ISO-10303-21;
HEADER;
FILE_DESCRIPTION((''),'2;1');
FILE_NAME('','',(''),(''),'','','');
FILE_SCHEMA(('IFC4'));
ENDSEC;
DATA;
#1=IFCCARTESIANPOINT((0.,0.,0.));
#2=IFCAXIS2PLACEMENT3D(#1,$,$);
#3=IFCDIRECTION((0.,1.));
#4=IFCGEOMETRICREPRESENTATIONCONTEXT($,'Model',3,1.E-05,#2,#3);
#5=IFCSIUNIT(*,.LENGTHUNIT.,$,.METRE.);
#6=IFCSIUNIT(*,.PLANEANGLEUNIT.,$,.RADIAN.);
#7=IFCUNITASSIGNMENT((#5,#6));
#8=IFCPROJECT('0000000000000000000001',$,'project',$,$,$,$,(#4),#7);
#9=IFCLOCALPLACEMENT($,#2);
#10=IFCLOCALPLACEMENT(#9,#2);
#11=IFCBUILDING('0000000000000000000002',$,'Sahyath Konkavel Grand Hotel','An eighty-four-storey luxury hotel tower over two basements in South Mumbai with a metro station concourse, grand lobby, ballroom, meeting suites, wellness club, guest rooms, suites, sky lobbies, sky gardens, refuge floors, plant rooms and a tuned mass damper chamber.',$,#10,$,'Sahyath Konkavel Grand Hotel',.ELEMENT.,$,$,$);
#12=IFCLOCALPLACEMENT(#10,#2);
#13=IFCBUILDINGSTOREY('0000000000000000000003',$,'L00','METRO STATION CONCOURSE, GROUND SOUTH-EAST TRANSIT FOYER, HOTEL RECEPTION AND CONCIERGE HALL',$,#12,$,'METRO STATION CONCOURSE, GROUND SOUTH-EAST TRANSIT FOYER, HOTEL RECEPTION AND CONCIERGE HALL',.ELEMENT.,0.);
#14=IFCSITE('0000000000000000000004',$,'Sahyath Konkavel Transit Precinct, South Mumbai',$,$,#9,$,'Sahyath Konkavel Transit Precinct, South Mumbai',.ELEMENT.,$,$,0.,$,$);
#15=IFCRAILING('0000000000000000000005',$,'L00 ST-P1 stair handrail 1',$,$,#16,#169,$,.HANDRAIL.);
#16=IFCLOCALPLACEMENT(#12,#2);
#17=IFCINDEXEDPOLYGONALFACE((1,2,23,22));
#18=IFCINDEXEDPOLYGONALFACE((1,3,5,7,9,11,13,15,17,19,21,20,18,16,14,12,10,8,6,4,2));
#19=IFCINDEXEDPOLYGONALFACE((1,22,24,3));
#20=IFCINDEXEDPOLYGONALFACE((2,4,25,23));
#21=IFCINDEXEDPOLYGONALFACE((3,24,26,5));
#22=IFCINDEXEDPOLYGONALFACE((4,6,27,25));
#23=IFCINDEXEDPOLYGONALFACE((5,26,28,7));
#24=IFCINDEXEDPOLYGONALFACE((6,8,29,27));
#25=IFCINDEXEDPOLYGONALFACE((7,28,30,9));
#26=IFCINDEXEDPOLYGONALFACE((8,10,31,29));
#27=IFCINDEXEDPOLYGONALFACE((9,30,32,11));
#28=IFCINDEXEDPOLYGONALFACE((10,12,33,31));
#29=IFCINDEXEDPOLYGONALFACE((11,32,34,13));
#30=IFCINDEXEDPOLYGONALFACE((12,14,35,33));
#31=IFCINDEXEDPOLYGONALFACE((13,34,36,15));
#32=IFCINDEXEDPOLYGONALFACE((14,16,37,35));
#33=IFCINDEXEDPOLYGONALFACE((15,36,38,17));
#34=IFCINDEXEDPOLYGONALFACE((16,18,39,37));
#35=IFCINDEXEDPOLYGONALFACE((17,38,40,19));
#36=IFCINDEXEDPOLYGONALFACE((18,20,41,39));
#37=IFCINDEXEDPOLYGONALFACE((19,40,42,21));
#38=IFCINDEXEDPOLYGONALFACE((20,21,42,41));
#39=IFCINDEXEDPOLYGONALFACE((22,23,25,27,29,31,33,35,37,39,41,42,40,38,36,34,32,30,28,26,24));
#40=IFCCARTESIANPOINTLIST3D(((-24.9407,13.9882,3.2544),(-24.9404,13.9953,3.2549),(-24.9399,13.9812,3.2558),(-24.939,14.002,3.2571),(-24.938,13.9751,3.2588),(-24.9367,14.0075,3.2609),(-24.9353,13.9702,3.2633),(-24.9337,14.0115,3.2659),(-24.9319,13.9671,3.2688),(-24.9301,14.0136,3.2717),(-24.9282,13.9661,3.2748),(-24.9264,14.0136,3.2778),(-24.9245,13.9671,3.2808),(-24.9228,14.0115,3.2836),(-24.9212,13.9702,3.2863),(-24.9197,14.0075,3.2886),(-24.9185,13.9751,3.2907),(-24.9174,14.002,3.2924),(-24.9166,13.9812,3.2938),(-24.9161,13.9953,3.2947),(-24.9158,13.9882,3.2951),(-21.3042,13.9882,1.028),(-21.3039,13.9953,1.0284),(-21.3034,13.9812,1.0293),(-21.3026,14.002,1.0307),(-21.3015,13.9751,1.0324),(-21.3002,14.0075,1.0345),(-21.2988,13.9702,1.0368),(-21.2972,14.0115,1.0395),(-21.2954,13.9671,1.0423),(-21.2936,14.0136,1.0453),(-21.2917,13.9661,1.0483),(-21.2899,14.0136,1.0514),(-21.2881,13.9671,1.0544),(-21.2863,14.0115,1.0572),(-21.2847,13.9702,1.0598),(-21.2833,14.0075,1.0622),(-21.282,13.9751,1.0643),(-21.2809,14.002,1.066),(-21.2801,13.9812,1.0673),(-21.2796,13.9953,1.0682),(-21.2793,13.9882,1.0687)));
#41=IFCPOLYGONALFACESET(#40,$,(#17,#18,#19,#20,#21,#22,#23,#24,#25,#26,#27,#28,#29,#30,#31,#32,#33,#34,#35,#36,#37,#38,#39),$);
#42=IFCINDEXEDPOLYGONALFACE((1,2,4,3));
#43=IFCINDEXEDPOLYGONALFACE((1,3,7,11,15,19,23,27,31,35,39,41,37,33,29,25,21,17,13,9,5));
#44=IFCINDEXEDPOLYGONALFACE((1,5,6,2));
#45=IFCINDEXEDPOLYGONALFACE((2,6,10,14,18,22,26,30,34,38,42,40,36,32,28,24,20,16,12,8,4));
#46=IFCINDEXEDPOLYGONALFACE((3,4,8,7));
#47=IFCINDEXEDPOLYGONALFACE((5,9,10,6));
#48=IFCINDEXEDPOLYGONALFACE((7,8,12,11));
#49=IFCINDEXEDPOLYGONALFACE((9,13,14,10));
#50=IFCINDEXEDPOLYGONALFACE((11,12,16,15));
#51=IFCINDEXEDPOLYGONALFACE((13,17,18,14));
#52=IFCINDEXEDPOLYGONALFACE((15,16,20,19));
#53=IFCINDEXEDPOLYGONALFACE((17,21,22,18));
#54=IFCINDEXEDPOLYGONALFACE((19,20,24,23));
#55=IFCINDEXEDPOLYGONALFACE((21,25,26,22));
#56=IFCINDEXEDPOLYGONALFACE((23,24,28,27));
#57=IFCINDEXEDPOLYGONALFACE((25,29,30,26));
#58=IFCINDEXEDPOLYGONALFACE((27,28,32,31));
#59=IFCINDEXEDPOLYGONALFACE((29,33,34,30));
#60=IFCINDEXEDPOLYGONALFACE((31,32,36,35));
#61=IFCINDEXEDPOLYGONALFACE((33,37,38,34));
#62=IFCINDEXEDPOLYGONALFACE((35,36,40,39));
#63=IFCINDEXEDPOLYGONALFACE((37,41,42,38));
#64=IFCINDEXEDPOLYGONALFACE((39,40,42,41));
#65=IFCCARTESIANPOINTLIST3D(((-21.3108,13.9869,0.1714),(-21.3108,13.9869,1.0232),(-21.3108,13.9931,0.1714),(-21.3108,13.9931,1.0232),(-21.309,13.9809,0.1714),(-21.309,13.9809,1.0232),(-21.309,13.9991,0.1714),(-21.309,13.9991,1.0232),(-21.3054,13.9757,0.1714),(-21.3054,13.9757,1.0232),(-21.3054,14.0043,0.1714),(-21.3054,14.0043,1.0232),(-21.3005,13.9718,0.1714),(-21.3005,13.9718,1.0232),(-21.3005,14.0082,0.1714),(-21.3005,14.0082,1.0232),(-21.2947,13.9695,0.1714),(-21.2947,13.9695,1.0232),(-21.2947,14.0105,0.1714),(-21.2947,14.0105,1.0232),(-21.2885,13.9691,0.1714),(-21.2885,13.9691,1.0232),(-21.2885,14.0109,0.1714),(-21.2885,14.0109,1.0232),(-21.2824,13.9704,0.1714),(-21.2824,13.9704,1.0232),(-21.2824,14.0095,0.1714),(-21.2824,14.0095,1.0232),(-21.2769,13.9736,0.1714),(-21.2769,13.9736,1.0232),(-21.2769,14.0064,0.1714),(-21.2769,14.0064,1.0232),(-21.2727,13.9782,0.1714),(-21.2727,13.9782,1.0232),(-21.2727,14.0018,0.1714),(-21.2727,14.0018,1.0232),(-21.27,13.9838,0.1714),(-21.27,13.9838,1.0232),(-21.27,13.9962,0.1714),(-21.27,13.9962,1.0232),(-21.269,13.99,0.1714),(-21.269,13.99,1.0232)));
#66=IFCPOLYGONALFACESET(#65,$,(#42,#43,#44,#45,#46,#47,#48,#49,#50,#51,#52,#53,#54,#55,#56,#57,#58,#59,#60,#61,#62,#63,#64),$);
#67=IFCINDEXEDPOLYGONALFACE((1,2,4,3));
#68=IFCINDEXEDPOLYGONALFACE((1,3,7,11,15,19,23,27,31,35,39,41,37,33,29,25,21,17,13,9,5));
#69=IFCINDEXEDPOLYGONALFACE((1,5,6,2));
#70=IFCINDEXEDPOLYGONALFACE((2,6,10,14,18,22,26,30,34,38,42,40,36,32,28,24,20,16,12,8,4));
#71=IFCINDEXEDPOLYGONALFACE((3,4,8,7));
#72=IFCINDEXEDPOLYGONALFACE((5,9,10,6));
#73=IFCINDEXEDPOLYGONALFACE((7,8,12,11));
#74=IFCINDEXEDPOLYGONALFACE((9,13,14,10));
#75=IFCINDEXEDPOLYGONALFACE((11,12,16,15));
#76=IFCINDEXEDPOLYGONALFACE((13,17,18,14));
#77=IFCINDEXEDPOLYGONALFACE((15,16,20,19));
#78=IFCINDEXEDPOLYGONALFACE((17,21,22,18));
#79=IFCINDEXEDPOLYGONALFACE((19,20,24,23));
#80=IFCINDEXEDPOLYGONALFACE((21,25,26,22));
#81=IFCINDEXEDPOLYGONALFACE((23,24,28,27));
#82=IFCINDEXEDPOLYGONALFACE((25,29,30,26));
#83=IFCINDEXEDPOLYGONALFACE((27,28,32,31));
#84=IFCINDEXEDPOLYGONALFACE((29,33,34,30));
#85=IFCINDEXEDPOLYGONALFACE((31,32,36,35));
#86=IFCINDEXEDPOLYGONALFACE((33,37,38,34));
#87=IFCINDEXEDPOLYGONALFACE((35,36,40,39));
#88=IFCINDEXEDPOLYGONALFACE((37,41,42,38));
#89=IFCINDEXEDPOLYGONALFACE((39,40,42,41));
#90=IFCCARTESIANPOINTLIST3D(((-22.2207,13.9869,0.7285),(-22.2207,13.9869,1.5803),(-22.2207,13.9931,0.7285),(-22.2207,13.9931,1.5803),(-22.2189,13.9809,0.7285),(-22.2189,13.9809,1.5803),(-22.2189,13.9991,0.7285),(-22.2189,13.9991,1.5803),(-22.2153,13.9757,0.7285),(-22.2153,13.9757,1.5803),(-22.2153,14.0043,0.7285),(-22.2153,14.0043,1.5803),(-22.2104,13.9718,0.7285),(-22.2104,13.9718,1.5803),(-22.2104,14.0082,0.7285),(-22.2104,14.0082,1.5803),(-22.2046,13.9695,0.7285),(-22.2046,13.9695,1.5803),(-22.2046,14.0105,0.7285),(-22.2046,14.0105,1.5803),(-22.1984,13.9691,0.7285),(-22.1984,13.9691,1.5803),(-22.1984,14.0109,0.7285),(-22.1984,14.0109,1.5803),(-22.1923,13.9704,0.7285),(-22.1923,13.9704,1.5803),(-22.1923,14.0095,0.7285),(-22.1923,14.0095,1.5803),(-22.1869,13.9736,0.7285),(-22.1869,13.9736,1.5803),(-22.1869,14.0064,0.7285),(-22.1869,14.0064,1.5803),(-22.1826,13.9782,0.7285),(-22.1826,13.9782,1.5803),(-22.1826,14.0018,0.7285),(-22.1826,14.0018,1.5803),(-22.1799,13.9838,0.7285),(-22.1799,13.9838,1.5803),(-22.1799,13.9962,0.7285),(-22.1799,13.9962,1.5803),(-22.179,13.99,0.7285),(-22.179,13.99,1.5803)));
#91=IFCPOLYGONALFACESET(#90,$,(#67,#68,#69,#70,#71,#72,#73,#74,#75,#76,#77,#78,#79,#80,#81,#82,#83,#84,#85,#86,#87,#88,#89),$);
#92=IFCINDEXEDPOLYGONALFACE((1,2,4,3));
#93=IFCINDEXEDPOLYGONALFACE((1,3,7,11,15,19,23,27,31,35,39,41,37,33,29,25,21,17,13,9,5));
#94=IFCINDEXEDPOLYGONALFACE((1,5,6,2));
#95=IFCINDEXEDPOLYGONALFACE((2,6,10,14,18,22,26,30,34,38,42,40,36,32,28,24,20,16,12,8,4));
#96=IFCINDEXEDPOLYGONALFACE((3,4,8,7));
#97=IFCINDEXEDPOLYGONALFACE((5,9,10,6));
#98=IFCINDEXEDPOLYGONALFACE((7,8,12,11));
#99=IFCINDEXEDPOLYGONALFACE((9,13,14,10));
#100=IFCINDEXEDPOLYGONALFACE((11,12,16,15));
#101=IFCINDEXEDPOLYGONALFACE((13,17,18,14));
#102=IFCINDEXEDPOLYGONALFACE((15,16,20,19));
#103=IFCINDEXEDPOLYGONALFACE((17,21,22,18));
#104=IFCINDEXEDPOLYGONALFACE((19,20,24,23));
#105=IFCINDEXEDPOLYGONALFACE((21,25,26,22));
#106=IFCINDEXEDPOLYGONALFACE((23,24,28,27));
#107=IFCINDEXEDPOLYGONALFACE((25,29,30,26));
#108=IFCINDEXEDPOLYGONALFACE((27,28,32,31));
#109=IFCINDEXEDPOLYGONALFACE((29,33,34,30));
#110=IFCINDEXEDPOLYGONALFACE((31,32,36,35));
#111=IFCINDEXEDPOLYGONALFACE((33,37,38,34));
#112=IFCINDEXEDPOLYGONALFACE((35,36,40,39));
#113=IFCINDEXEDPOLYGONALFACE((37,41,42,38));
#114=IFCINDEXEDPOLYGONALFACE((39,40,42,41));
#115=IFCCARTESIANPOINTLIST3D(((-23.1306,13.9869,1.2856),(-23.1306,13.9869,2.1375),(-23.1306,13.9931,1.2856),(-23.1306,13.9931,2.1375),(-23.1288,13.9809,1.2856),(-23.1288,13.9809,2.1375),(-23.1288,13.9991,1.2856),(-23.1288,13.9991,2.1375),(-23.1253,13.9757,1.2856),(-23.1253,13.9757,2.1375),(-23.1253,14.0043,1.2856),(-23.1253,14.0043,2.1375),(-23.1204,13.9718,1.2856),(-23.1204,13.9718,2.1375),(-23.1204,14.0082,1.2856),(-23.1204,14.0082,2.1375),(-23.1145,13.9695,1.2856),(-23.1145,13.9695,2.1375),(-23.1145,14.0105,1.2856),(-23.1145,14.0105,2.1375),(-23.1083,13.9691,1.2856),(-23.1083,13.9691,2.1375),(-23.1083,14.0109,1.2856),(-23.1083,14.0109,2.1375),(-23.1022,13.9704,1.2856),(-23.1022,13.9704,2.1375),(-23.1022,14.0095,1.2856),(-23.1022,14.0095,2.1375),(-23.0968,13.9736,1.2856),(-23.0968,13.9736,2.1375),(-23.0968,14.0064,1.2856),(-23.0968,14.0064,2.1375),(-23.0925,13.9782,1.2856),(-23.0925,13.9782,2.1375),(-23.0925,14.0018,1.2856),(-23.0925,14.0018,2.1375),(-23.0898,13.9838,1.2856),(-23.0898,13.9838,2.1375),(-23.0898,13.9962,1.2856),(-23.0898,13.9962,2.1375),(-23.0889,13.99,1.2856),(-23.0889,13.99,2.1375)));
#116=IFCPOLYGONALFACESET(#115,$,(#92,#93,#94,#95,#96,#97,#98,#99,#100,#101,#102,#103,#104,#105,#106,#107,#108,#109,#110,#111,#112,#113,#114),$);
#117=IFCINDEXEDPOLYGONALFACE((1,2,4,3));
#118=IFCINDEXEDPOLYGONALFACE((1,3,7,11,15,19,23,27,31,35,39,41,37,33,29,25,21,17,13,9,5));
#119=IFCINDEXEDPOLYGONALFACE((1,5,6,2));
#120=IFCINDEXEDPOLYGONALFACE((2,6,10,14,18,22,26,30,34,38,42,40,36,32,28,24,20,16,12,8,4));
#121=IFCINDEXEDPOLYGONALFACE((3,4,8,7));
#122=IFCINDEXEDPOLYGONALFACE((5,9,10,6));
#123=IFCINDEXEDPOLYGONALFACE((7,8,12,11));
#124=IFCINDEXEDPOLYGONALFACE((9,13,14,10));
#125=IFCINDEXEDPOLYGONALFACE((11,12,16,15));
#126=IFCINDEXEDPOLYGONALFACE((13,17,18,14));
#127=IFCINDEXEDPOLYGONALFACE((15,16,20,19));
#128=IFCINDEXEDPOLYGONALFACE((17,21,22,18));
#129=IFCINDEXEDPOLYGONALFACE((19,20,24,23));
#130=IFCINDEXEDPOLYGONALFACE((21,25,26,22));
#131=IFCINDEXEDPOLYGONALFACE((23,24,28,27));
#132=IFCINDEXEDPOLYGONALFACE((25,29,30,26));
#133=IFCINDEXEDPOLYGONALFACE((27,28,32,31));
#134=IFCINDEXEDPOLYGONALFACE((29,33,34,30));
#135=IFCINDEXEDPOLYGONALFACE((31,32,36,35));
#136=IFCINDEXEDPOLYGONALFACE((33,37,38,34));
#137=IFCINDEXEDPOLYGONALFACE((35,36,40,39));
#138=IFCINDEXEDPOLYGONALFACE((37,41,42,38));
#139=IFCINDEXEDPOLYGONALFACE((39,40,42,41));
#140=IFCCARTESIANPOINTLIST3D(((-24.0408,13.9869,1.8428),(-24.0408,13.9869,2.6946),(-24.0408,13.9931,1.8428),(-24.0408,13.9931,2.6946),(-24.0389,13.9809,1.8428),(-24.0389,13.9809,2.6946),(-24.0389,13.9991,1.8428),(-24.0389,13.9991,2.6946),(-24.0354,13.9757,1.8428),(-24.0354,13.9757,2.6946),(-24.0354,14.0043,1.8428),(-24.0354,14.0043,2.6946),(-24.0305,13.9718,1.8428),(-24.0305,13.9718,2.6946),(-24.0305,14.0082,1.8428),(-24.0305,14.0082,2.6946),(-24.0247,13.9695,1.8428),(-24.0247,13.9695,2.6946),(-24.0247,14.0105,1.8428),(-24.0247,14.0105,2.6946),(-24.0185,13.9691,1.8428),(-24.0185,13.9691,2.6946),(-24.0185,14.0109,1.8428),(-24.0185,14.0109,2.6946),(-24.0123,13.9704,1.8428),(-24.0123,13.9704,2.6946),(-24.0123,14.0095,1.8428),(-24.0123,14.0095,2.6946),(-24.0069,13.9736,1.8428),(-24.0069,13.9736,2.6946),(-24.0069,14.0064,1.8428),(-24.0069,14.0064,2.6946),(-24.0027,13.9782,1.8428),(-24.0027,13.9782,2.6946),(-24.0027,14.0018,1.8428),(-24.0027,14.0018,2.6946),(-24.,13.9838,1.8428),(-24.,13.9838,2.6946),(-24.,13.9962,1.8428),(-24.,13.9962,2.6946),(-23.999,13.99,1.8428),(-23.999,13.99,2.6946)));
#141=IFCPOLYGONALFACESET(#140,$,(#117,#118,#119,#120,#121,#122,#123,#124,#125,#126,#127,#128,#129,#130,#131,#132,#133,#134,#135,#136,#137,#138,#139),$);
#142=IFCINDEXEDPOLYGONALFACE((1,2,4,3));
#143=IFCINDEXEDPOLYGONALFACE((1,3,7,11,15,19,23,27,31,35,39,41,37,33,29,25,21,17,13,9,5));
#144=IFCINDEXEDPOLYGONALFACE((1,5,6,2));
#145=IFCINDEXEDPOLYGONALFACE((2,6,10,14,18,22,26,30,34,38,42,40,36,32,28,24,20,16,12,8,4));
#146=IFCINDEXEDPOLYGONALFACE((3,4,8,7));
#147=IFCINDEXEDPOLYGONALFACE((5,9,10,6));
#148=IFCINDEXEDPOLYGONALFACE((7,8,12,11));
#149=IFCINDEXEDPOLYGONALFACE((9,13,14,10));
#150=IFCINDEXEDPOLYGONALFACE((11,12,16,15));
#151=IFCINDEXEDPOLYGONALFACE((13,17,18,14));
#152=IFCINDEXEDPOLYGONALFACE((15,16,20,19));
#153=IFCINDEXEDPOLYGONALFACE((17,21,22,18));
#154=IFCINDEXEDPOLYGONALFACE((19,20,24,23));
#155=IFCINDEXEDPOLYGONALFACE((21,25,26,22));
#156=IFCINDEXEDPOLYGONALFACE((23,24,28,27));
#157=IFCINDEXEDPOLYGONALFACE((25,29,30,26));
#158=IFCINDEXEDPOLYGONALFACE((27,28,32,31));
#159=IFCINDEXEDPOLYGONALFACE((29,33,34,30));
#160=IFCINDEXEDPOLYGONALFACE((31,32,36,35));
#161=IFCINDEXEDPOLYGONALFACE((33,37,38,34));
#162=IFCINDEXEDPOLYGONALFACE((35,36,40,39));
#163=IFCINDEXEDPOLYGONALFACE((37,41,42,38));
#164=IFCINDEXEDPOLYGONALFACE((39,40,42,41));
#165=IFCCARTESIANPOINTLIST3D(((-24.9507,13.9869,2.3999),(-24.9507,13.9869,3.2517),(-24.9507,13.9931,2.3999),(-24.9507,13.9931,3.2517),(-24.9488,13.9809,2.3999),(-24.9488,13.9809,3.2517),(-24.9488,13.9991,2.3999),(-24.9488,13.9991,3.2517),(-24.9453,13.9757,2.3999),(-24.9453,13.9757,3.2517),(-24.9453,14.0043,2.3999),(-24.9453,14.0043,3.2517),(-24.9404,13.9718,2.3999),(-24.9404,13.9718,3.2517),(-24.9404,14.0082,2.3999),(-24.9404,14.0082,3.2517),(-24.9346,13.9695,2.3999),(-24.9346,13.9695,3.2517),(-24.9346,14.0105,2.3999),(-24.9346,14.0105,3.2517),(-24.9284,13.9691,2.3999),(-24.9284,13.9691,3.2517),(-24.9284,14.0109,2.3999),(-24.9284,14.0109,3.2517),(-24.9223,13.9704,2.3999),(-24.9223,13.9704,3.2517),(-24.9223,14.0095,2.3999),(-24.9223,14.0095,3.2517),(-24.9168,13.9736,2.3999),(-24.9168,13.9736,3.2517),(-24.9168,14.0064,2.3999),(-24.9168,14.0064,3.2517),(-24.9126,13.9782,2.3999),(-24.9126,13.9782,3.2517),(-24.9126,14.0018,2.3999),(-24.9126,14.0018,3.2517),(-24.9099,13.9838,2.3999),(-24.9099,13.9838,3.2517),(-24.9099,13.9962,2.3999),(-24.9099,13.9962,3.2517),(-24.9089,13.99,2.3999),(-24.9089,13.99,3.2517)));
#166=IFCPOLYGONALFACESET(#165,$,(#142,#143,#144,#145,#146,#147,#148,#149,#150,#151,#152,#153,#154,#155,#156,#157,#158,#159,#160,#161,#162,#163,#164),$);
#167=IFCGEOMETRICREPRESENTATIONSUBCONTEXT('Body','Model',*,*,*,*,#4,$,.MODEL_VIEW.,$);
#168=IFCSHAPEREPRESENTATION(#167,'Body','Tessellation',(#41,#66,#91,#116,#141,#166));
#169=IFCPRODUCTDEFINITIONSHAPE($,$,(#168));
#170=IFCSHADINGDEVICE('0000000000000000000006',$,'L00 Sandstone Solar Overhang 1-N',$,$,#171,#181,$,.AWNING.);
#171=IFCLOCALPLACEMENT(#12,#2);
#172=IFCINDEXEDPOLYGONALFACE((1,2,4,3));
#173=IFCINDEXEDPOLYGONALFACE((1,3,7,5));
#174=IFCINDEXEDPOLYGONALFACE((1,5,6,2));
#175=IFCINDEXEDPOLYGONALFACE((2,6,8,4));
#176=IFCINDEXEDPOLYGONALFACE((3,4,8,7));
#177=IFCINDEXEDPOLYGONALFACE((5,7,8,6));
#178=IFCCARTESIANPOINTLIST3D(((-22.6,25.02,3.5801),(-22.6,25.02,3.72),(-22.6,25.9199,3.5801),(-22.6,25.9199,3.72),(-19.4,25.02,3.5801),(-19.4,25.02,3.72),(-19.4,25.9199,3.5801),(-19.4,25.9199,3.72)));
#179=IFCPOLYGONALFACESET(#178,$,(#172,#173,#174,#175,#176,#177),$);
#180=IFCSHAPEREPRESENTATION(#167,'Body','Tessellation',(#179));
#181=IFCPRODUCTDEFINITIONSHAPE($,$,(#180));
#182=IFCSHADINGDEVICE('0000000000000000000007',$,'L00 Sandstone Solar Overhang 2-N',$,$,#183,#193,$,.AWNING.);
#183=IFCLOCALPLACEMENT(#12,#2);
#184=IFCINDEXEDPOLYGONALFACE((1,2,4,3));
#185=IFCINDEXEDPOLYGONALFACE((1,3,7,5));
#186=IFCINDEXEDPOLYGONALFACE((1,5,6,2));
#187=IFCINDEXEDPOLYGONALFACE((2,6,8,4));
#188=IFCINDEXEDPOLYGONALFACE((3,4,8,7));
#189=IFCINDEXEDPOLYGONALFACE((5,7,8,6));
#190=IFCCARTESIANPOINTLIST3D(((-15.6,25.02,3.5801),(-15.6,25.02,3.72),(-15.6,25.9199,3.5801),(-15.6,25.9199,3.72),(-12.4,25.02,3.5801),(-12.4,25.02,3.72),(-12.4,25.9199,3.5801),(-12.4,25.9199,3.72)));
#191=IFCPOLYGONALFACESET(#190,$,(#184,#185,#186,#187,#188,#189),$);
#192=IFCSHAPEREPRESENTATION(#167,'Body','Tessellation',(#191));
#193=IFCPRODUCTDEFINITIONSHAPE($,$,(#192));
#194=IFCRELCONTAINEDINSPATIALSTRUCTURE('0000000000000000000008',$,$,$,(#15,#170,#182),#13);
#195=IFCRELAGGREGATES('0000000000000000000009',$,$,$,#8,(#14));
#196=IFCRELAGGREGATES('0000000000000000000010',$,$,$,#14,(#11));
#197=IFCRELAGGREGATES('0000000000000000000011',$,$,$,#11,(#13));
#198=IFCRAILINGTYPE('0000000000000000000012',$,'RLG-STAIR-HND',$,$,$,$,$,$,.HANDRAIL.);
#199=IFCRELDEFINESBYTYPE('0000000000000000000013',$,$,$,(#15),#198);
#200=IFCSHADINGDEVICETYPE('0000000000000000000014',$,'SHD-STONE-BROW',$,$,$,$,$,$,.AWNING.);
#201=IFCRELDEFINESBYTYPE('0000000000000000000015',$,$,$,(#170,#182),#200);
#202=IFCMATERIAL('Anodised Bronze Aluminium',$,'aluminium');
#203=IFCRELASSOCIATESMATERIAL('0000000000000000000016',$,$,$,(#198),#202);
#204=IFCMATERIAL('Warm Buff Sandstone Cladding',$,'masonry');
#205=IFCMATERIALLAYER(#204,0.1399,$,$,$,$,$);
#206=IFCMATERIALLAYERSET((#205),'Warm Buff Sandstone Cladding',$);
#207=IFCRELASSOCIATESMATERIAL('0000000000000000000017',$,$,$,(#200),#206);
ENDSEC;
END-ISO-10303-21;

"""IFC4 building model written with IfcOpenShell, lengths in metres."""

from ifc_helpers import new_model, si_unit, direction, frame, origin, origin_2d, place, context, subcontext, project, spatial, rectangle, circle, extrude, source, transform, mapped, material, layer, layer_set, type_object, element, save


model = new_model("IFC4")

# Units and contexts
model_context = context("Model", 3, precision=1e-05, world=origin(), true_north=direction((0.0, 1.0)))
body_context = subcontext(model_context, "Body", "Model", "MODEL_VIEW")
ifc_project = project(units=[si_unit("LENGTHUNIT", "METRE"), si_unit("PLANEANGLEUNIT", "RADIAN")], contexts=[model_context])

# Site, building, storey
site_placement = place(None, origin())
site = spatial("IfcSite", under=ifc_project, at=site_placement, Name="Sahyath Konkavel Transit Precinct, South Mumbai", LongName="Sahyath Konkavel Transit Precinct, South Mumbai", CompositionType="ELEMENT", RefElevation=0.0)
building_placement = place(site_placement, origin())
building = spatial("IfcBuilding", under=site, at=building_placement, Name="Sahyath Konkavel Grand Hotel", Description="An eighty-four-storey luxury hotel tower over two basements in South Mumbai with a metro station concourse, grand lobby, ballroom, meeting suites, wellness club, guest rooms, suites, sky lobbies, sky gardens, refuge floors, plant rooms and a tuned mass damper chamber.", LongName="Sahyath Konkavel Grand Hotel", CompositionType="ELEMENT")
storey_placement = place(building_placement, origin())
storey = spatial("IfcBuildingStorey", under=building, at=storey_placement, Name="L00", Description="METRO STATION CONCOURSE, GROUND SOUTH-EAST TRANSIT FOYER, HOTEL RECEPTION AND CONCIERGE HALL", LongName="METRO STATION CONCOURSE, GROUND SOUTH-EAST TRANSIT FOYER, HOTEL RECEPTION AND CONCIERGE HALL", CompositionType="ELEMENT", Elevation=0.0)

# Railing
ifc_material_1 = material(Name="Anodised Bronze Aluminium", Category="aluminium")
railing_type_1 = type_object("IfcRailingType", Name="RLG-STAIR-HND", PredefinedType="HANDRAIL", material=ifc_material_1)
railing_1_placement = place(storey_placement, frame((-21.29, 13.99, 0.1714)))
element("IfcRailing", 1, at=railing_1_placement, inside=storey, type_object=railing_type_1, Name="L00 ST-P1 stair handrail 1", PredefinedType="HANDRAIL", context=body_context, shape_type="SweptSolid", body=[
    extrude(circle(Radius=0.0239, at=origin_2d()), frame((-0.0017, 0.0, 0.877), z_axis=(-0.85285, 0.0, 0.522156), x_axis=(0.0, -1.0, 0.0)), (0.0, 0.0, 1.0), 4.2639),
    extrude(circle(Radius=0.021, at=origin_2d()), origin(), (0.0, 0.0, 1.0), 0.8518),
    extrude(circle(Radius=0.021, at=origin_2d()), frame((-0.9099, 0.0, 0.5571)), (0.0, 0.0, 1.0), 0.8518),
    extrude(circle(Radius=0.021, at=origin_2d()), frame((-1.8198, 0.0, 1.1143)), (0.0, 0.0, 1.0), 0.8518),
    extrude(circle(Radius=0.021, at=origin_2d()), frame((-2.73, 0.0, 1.6714)), (0.0, 0.0, 1.0), 0.8518),
    extrude(circle(Radius=0.021, at=origin_2d()), frame((-3.6399, 0.0, 2.2285)), (0.0, 0.0, 1.0), 0.8518),
])

# Shading devices
ifc_material_2 = material(Name="Warm Buff Sandstone Cladding", Category="masonry")
ifc_layer_1 = layer(ifc_material_2, 0.1399)
ifc_layer_set_1 = layer_set([ifc_layer_1], Name="Warm Buff Sandstone Cladding")
shading_device_type = type_object("IfcShadingDeviceType", Name="SHD-STONE-BROW", PredefinedType="AWNING", material=ifc_layer_set_1)
shared_shape_1 = source(origin(), body_context, "Body", "SweptSolid", [
    extrude(rectangle(XDim=3.2, YDim=0.8999, at=origin_2d()), origin(), (0.0, 0.0, 1.0), 0.1399),
])
for number, where, z_axis, x_axis, name in (
    (2, (-21.0, 25.47, 3.5801), (0.0, 0.0, 1.0), (1.0, 0.0, 0.0), "L00 Sandstone Solar Overhang 1-N"),
    (3, (-14.0, 25.47, 3.5801), (0.0, 0.0, 1.0), (1.0, 0.0, 0.0), "L00 Sandstone Solar Overhang 2-N"),
):
    element("IfcShadingDevice", number, at=place(storey_placement, frame(where, z_axis=z_axis, x_axis=x_axis)), inside=storey, type_object=shading_device_type, Name=name, PredefinedType="AWNING", context=body_context, shape_type="MappedRepresentation", body=[
        mapped(shared_shape_1, transform((0.0, 0.0, 0.0), scale=1.0)),
    ])

save(model, "model.ifc")
